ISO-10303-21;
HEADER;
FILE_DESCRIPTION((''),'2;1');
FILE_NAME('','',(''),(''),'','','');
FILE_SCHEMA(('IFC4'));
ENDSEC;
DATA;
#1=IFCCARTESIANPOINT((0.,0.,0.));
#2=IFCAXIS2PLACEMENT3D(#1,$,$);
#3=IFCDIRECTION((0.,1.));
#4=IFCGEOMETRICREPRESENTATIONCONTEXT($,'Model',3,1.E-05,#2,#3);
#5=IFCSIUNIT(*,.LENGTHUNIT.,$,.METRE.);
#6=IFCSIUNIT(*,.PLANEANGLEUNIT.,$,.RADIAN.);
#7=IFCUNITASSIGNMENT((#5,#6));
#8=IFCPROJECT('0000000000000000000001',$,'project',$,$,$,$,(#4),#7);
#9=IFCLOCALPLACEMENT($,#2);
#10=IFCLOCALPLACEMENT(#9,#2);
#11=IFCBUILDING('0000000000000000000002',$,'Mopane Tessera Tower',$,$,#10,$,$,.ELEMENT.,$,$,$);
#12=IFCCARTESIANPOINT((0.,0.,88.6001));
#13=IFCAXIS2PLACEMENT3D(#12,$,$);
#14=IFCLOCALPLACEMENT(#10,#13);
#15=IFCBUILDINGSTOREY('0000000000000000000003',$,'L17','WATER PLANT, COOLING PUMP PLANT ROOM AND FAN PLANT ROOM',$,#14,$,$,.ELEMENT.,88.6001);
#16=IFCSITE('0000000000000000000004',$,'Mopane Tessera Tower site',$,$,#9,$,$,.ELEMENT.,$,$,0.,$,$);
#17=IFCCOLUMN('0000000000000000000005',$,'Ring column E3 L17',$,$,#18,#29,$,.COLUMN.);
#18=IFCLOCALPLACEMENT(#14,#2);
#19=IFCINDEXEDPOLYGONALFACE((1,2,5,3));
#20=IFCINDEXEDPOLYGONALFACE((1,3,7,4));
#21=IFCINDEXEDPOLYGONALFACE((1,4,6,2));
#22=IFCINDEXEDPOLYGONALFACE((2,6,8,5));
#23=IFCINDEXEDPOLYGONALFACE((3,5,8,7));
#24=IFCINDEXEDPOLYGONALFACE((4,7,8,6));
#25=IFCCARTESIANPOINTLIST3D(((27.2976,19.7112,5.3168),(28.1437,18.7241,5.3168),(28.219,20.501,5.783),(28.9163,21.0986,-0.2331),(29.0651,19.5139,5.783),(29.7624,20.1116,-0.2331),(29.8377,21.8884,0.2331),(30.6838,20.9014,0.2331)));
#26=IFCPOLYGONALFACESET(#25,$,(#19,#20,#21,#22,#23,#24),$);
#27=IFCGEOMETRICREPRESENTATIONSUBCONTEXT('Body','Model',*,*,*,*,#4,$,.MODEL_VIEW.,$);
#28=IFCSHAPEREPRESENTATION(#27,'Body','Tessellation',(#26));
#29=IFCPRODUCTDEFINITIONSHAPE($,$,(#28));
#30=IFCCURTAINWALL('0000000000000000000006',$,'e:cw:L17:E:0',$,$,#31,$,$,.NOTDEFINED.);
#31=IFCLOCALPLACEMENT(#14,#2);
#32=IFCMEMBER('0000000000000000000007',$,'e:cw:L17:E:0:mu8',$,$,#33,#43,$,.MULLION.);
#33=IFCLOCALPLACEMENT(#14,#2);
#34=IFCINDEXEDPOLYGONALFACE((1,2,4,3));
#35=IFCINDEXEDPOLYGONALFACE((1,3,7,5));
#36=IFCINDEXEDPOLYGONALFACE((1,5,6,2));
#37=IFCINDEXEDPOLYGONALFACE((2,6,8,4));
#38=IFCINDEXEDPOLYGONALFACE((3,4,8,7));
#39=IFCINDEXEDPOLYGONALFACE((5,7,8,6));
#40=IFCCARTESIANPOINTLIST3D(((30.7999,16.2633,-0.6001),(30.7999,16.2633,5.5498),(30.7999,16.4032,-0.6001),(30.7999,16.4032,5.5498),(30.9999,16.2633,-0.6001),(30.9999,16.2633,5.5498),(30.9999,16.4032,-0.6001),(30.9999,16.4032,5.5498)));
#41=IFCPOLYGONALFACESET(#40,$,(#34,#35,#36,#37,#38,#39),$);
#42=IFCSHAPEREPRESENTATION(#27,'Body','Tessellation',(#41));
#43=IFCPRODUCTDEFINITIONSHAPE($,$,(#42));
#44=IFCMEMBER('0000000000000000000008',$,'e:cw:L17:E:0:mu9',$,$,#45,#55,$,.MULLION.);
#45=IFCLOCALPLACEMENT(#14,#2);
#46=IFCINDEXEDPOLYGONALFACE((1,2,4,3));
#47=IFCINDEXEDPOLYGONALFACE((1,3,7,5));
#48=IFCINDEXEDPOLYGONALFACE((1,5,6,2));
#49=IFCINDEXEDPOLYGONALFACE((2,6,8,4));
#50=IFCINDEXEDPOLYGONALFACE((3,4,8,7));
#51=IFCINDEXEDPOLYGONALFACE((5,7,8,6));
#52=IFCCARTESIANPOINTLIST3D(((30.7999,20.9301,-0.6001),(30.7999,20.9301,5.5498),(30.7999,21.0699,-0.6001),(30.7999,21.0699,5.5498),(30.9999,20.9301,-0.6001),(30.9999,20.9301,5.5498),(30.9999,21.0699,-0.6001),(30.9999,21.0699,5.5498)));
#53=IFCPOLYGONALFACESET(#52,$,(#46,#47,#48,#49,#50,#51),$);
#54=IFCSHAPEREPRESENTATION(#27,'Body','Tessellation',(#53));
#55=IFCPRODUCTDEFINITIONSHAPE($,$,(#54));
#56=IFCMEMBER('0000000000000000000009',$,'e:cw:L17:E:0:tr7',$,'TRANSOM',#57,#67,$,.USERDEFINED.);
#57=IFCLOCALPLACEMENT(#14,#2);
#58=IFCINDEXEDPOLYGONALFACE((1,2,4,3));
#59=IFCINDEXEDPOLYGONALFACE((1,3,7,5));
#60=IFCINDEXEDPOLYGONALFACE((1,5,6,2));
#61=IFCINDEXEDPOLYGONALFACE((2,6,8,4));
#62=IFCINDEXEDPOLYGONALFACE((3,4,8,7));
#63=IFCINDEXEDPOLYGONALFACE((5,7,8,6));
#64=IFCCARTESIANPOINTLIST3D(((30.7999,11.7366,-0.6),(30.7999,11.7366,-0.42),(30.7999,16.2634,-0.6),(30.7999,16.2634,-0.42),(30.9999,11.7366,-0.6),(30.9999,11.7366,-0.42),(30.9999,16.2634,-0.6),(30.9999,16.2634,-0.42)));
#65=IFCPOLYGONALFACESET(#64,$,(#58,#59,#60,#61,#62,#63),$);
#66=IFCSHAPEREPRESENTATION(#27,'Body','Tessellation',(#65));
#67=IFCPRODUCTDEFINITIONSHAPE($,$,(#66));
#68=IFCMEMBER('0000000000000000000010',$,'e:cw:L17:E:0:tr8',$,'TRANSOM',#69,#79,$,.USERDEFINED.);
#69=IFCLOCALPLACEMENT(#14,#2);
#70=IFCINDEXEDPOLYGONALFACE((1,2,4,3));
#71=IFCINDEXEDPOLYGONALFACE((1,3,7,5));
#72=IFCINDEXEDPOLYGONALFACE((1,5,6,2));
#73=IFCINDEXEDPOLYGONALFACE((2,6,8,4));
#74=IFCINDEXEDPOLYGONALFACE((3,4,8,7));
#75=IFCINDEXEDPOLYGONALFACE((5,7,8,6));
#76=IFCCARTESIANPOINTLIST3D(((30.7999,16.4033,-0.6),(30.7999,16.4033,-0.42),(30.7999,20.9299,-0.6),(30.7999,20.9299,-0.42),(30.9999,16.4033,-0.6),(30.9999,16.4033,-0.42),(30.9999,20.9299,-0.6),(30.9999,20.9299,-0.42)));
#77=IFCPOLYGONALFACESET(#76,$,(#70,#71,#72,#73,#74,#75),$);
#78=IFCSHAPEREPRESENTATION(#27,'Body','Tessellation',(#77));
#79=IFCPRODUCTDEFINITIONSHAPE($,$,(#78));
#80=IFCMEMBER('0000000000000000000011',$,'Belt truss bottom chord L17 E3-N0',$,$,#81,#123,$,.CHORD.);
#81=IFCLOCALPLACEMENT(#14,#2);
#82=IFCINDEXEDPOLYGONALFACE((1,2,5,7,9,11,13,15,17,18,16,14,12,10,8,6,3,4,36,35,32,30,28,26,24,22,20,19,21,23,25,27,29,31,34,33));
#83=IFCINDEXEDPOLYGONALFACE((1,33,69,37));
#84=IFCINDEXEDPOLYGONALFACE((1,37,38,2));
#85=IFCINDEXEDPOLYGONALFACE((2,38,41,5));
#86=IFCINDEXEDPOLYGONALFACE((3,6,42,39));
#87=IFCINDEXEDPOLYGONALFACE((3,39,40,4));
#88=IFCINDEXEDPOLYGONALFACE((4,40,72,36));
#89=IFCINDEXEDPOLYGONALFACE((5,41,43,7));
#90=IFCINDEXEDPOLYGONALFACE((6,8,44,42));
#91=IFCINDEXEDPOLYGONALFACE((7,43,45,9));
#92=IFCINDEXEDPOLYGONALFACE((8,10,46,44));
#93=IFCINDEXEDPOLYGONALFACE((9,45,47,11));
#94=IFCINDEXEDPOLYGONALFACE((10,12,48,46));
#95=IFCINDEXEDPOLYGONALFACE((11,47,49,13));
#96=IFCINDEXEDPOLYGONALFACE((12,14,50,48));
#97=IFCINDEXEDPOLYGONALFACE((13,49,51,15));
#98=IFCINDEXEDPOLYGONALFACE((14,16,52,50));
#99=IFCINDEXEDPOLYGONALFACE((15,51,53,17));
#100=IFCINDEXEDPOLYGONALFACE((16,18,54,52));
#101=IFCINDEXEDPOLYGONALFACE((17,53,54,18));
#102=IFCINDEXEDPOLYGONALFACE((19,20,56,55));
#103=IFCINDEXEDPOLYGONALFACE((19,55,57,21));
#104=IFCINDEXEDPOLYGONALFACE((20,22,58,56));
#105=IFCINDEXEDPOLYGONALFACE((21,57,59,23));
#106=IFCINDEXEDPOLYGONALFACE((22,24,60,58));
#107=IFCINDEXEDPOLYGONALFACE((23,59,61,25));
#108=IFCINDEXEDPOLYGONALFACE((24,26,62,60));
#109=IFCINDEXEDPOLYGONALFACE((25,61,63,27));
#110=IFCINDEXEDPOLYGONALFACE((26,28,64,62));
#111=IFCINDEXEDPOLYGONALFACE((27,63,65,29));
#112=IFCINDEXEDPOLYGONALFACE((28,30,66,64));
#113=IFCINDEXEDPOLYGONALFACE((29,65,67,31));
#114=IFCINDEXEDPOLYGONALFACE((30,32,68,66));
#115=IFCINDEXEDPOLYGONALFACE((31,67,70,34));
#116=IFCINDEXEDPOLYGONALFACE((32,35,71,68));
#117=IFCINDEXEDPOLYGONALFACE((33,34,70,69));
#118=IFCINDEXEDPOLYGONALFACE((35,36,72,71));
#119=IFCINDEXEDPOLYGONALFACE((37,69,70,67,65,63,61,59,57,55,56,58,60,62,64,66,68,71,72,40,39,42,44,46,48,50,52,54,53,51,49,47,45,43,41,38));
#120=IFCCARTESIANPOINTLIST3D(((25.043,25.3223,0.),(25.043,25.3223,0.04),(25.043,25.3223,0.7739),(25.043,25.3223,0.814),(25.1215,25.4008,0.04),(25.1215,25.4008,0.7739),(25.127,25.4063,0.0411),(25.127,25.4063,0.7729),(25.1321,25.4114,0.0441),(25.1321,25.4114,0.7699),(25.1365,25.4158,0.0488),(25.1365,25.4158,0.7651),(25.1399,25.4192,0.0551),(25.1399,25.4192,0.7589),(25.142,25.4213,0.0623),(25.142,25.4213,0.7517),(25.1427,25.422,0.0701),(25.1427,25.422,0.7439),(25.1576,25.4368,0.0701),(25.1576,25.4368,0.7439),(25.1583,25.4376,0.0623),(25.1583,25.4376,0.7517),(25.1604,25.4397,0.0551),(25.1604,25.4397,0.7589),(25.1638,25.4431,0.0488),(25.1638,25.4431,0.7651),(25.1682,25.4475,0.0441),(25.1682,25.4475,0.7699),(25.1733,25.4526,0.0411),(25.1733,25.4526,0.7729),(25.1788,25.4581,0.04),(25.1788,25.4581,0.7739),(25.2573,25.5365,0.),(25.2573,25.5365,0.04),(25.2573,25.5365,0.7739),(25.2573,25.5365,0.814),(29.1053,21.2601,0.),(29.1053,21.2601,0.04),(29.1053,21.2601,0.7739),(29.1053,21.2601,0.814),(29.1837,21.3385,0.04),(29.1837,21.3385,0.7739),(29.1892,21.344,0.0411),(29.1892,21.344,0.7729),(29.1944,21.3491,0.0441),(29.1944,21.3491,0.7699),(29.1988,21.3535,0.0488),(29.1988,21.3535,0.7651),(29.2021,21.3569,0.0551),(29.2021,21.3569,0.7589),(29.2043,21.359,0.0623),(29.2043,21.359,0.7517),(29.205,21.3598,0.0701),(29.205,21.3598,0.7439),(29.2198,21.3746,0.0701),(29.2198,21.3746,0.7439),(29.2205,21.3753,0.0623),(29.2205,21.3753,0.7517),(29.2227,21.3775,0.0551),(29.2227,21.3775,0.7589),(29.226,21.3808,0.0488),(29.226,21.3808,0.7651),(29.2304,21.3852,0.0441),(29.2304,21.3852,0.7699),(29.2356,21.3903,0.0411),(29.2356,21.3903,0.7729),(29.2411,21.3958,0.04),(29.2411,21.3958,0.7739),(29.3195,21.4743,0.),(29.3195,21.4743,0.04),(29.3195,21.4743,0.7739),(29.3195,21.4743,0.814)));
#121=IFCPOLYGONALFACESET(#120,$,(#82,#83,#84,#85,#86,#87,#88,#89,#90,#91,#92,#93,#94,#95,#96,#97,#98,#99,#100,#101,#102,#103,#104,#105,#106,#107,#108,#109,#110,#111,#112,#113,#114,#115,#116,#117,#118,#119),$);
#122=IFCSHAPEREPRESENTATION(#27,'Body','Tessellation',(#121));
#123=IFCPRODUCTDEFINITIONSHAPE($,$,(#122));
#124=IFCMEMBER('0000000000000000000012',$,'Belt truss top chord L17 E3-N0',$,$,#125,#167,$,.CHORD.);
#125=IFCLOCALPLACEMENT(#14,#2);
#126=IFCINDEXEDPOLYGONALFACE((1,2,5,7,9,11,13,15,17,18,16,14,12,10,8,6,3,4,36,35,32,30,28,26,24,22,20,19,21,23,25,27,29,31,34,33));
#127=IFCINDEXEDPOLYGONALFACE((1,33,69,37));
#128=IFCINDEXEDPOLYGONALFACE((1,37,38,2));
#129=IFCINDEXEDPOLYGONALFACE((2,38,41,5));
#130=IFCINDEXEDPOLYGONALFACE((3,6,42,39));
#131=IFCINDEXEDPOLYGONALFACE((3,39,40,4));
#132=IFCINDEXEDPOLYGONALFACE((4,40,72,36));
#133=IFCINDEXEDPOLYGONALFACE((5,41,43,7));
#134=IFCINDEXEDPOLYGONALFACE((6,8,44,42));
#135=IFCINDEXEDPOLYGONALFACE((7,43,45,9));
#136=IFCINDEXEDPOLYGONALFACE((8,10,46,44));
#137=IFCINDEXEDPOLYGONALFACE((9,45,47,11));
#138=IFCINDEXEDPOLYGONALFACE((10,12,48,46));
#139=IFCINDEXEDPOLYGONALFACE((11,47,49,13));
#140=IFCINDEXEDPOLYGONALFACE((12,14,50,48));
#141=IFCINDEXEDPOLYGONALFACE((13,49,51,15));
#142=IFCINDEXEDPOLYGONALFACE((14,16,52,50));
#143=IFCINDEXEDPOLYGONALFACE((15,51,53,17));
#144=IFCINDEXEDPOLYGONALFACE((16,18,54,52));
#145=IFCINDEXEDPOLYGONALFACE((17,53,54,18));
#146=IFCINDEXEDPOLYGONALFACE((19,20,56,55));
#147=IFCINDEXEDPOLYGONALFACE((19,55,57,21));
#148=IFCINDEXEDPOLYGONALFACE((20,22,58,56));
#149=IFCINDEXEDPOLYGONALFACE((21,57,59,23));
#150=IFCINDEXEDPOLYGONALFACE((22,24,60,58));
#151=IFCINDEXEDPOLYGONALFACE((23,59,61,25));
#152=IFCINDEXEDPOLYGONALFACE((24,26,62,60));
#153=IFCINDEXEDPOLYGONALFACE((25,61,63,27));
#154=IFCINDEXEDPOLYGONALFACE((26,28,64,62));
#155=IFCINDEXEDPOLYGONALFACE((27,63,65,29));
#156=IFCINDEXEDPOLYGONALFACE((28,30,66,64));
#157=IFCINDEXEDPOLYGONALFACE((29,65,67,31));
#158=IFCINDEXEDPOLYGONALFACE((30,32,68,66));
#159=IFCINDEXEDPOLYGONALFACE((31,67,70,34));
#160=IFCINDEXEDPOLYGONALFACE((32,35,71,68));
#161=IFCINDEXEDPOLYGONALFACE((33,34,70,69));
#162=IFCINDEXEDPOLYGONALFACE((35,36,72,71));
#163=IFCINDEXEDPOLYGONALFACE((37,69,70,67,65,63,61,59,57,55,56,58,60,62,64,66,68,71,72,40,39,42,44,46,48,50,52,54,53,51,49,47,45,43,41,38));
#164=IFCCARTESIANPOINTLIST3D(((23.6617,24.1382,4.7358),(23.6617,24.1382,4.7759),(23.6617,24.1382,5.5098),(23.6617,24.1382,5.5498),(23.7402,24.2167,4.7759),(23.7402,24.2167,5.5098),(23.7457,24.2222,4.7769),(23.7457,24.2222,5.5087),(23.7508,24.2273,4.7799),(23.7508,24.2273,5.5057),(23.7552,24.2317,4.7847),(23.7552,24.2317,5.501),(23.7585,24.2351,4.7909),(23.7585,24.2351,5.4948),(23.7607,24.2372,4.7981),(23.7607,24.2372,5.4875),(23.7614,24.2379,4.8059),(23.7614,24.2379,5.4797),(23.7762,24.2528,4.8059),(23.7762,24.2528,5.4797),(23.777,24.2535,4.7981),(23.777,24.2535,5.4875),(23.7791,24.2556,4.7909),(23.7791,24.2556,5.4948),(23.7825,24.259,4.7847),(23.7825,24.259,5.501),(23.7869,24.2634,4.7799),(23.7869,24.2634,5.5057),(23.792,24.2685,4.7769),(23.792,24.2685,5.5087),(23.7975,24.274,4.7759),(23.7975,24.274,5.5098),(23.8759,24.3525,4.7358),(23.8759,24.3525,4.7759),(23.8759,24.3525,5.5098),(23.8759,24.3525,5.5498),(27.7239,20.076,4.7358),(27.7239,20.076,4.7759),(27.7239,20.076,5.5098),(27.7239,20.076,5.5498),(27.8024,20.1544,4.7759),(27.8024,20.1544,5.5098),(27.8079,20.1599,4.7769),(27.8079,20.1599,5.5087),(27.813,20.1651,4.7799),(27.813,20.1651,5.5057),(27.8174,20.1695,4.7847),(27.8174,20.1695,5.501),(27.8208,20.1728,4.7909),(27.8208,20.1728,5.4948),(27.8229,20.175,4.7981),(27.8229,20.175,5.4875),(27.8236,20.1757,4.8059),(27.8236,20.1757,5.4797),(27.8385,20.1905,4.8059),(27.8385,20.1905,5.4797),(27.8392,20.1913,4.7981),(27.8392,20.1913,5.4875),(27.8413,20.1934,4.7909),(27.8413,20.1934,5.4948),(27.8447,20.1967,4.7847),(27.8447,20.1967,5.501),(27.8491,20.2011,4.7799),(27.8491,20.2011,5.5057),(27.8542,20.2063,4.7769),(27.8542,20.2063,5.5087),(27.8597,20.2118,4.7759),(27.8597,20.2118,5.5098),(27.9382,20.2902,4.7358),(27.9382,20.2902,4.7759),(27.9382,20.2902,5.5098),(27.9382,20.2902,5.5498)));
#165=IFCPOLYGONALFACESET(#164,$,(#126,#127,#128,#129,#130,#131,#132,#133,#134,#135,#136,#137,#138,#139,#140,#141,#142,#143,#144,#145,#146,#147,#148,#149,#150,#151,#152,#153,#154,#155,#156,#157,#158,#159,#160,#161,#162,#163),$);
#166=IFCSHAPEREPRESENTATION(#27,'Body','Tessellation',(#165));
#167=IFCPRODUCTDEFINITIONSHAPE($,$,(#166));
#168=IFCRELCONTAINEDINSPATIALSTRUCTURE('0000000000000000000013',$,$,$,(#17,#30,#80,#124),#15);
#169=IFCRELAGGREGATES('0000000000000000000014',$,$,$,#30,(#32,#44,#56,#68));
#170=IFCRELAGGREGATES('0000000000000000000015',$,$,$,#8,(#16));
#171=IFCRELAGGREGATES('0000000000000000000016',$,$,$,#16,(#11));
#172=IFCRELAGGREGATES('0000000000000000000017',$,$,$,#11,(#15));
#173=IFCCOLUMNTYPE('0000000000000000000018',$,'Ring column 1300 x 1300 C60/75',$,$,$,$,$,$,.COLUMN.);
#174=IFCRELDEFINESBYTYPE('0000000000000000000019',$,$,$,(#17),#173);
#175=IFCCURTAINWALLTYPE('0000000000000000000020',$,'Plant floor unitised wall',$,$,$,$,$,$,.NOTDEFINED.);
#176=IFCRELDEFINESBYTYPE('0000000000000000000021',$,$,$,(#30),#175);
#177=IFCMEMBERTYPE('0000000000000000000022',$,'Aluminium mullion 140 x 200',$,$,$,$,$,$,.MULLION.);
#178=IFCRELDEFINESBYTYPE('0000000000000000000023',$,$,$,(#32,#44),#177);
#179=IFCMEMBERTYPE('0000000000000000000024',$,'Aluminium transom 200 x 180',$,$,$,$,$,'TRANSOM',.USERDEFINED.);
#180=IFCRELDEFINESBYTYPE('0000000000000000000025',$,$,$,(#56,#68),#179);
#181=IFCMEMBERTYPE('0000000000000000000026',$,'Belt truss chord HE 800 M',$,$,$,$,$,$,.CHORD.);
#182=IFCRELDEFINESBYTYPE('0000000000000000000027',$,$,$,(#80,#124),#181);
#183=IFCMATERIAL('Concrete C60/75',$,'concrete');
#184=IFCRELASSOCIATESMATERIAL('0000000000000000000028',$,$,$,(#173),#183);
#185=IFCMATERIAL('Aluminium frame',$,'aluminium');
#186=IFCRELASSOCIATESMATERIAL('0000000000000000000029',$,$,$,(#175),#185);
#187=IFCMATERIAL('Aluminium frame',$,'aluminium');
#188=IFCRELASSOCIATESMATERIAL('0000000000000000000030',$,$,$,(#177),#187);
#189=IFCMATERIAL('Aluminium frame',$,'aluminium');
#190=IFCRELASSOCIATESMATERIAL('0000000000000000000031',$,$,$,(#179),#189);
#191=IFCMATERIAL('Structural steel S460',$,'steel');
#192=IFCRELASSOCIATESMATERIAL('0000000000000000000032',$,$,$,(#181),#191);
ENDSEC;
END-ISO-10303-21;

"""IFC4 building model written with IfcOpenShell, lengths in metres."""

from ifc_helpers import new_model, si_unit, direction, frame, origin, origin_2d, place, context, subcontext, project, spatial, rectangle, i_section, extrude, material, material_profile, profile_set, type_object, element, aggregate, save


model = new_model("IFC4")

# Units and contexts
model_context = context("Model", 3, precision=1e-05, world=origin(), true_north=direction((0.0, 1.0)))
body_context = subcontext(model_context, "Body", "Model", "MODEL_VIEW")
ifc_project = project(units=[si_unit("LENGTHUNIT", "METRE"), si_unit("PLANEANGLEUNIT", "RADIAN")], contexts=[model_context])

# Site, building, storey
site_placement = place(None, origin())
site = spatial("IfcSite", under=ifc_project, at=site_placement, Name="Mopane Tessera Tower site", CompositionType="ELEMENT", RefElevation=0.0)
building_placement = place(site_placement, origin())
building = spatial("IfcBuilding", under=site, at=building_placement, Name="Mopane Tessera Tower", CompositionType="ELEMENT")
storey_placement = place(building_placement, frame((0.0, 0.0, 88.6001)))
storey = spatial("IfcBuildingStorey", under=building, at=storey_placement, Name="L17", Description="WATER PLANT, COOLING PUMP PLANT ROOM AND FAN PLANT ROOM", CompositionType="ELEMENT", Elevation=88.6001)

# Column
ifc_material_1 = material(Name="Concrete C60/75", Category="concrete")
ifc_material_profile_1 = material_profile(ifc_material_1, rectangle(XDim=1.3, YDim=1.3, at=origin_2d()))
ifc_profile_set_1 = profile_set([ifc_material_profile_1], Name="Concrete C60/75")
column_type = type_object("IfcColumnType", Name="Ring column 1300 x 1300 C60/75", PredefinedType="COLUMN", material=ifc_profile_set_1)
column_placement = place(storey_placement, frame((29.8, 21.0, 0.0), z_axis=(-0.272262, -0.233373, 0.933494), x_axis=(0.650801, -0.759249, 0.0)))
element("IfcColumn", 1, at=column_placement, inside=storey, type_object=column_type, Name="Ring column E3 L17", PredefinedType="COLUMN", context=body_context, shape_type="SweptSolid", body=[
    extrude(rectangle(XDim=1.3, YDim=1.3, at=origin_2d()), origin(), (0.0, 0.0, 1.0), 5.9453),
])

# Curtain wall, members
ifc_material_2 = material(Name="Aluminium frame", Category="aluminium")
curtain_wall_type = type_object("IfcCurtainWallType", Name="Plant floor unitised wall", PredefinedType="NOTDEFINED", material=ifc_material_2)
curtain_wall_placement = place(storey_placement, origin())
curtain_wall = element("IfcCurtainWall", 2, at=curtain_wall_placement, inside=storey, type_object=curtain_wall_type, Name="e:cw:L17:E:0", PredefinedType="NOTDEFINED")
ifc_material_3 = material(Name="Aluminium frame", Category="aluminium")
ifc_material_profile_2 = material_profile(ifc_material_3, rectangle(XDim=0.1399, YDim=0.2, at=origin_2d()))
ifc_profile_set_2 = profile_set([ifc_material_profile_2], Name="Aluminium frame")
member_type_1 = type_object("IfcMemberType", Name="Aluminium mullion 140 x 200", PredefinedType="MULLION", material=ifc_profile_set_2)
member_1_placement = place(storey_placement, frame((30.8999, 16.3333, -0.6001), z_axis=(0.0, 0.0, 1.0), x_axis=(0.0, 1.0, 0.0)))
member_1 = element("IfcMember", 3, at=member_1_placement, type_object=member_type_1, Name="e:cw:L17:E:0:mu8", PredefinedType="MULLION", context=body_context, shape_type="SweptSolid", body=[
    extrude(rectangle(XDim=0.1399, YDim=0.2, at=origin_2d()), origin(), (0.0, 0.0, 1.0), 6.1499),
])
member_2_placement = place(storey_placement, frame((30.8999, 21.0, -0.6001), z_axis=(0.0, 0.0, 1.0), x_axis=(0.0, 1.0, 0.0)))
member_2 = element("IfcMember", 4, at=member_2_placement, type_object=member_type_1, Name="e:cw:L17:E:0:mu9", PredefinedType="MULLION", context=body_context, shape_type="SweptSolid", body=[
    extrude(rectangle(XDim=0.1399, YDim=0.2, at=origin_2d()), origin(), (0.0, 0.0, 1.0), 6.1499),
])
ifc_material_4 = material(Name="Aluminium frame", Category="aluminium")
ifc_material_profile_3 = material_profile(ifc_material_4, rectangle(XDim=0.2, YDim=0.1799, at=origin_2d()))
ifc_profile_set_3 = profile_set([ifc_material_profile_3], Name="Aluminium frame")
member_type_2 = type_object("IfcMemberType", Name="Aluminium transom 200 x 180", ElementType="TRANSOM", PredefinedType="USERDEFINED", material=ifc_profile_set_3)
member_3_placement = place(storey_placement, frame((30.8999, 11.7366, -0.51), z_axis=(0.0, 1.0, 0.0), x_axis=(-1.0, 0.0, 0.0)))
member_3 = element("IfcMember", 5, at=member_3_placement, type_object=member_type_2, Name="e:cw:L17:E:0:tr7", ObjectType="TRANSOM", PredefinedType="USERDEFINED", context=body_context, shape_type="SweptSolid", body=[
    extrude(rectangle(XDim=0.2, YDim=0.1799, at=origin_2d()), origin(), (0.0, 0.0, 1.0), 4.5269),
])
member_4_placement = place(storey_placement, frame((30.8999, 16.4033, -0.51), z_axis=(0.0, 1.0, 0.0), x_axis=(-1.0, 0.0, 0.0)))
member_4 = element("IfcMember", 6, at=member_4_placement, type_object=member_type_2, Name="e:cw:L17:E:0:tr8", ObjectType="TRANSOM", PredefinedType="USERDEFINED", context=body_context, shape_type="SweptSolid", body=[
    extrude(rectangle(XDim=0.2, YDim=0.1799, at=origin_2d()), origin(), (0.0, 0.0, 1.0), 4.5266),
])

# Members
ifc_material_5 = material(Name="Structural steel S460", Category="steel")
ifc_material_profile_4 = material_profile(ifc_material_5, i_section(OverallWidth=0.303, OverallDepth=0.814, WebThickness=0.021, FlangeThickness=0.04, FilletRadius=0.03, at=origin_2d()))
ifc_profile_set_4 = profile_set([ifc_material_profile_4], Name="Structural steel S460")
member_type_3 = type_object("IfcMemberType", Name="Belt truss chord HE 800 M", PredefinedType="CHORD", material=ifc_profile_set_4)
for number, where, z_axis, x_axis, name in (
    (7, (29.2124, 21.3672, 0.407), (-0.707107, 0.707107, 0.0), (-0.707107, -0.707107, 0.0), "Belt truss bottom chord L17 E3-N0"),
    (8, (27.8311, 20.1831, 5.1428), (-0.707107, 0.707107, 0.0), (-0.707107, -0.707107, 0.0), "Belt truss top chord L17 E3-N0"),
):
    element("IfcMember", number, at=place(storey_placement, frame(where, z_axis=z_axis, x_axis=x_axis)), inside=storey, type_object=member_type_3, Name=name, PredefinedType="CHORD", context=body_context, shape_type="SweptSolid", body=[
        extrude(i_section(OverallWidth=0.303, OverallDepth=0.814, WebThickness=0.021, FlangeThickness=0.04, FilletRadius=0.03, at=origin_2d()), origin(), (0.0, 0.0, 1.0), 5.7449),
    ])

aggregate(curtain_wall, [member_1, member_2, member_3, member_4])

save(model, "model.ifc")
